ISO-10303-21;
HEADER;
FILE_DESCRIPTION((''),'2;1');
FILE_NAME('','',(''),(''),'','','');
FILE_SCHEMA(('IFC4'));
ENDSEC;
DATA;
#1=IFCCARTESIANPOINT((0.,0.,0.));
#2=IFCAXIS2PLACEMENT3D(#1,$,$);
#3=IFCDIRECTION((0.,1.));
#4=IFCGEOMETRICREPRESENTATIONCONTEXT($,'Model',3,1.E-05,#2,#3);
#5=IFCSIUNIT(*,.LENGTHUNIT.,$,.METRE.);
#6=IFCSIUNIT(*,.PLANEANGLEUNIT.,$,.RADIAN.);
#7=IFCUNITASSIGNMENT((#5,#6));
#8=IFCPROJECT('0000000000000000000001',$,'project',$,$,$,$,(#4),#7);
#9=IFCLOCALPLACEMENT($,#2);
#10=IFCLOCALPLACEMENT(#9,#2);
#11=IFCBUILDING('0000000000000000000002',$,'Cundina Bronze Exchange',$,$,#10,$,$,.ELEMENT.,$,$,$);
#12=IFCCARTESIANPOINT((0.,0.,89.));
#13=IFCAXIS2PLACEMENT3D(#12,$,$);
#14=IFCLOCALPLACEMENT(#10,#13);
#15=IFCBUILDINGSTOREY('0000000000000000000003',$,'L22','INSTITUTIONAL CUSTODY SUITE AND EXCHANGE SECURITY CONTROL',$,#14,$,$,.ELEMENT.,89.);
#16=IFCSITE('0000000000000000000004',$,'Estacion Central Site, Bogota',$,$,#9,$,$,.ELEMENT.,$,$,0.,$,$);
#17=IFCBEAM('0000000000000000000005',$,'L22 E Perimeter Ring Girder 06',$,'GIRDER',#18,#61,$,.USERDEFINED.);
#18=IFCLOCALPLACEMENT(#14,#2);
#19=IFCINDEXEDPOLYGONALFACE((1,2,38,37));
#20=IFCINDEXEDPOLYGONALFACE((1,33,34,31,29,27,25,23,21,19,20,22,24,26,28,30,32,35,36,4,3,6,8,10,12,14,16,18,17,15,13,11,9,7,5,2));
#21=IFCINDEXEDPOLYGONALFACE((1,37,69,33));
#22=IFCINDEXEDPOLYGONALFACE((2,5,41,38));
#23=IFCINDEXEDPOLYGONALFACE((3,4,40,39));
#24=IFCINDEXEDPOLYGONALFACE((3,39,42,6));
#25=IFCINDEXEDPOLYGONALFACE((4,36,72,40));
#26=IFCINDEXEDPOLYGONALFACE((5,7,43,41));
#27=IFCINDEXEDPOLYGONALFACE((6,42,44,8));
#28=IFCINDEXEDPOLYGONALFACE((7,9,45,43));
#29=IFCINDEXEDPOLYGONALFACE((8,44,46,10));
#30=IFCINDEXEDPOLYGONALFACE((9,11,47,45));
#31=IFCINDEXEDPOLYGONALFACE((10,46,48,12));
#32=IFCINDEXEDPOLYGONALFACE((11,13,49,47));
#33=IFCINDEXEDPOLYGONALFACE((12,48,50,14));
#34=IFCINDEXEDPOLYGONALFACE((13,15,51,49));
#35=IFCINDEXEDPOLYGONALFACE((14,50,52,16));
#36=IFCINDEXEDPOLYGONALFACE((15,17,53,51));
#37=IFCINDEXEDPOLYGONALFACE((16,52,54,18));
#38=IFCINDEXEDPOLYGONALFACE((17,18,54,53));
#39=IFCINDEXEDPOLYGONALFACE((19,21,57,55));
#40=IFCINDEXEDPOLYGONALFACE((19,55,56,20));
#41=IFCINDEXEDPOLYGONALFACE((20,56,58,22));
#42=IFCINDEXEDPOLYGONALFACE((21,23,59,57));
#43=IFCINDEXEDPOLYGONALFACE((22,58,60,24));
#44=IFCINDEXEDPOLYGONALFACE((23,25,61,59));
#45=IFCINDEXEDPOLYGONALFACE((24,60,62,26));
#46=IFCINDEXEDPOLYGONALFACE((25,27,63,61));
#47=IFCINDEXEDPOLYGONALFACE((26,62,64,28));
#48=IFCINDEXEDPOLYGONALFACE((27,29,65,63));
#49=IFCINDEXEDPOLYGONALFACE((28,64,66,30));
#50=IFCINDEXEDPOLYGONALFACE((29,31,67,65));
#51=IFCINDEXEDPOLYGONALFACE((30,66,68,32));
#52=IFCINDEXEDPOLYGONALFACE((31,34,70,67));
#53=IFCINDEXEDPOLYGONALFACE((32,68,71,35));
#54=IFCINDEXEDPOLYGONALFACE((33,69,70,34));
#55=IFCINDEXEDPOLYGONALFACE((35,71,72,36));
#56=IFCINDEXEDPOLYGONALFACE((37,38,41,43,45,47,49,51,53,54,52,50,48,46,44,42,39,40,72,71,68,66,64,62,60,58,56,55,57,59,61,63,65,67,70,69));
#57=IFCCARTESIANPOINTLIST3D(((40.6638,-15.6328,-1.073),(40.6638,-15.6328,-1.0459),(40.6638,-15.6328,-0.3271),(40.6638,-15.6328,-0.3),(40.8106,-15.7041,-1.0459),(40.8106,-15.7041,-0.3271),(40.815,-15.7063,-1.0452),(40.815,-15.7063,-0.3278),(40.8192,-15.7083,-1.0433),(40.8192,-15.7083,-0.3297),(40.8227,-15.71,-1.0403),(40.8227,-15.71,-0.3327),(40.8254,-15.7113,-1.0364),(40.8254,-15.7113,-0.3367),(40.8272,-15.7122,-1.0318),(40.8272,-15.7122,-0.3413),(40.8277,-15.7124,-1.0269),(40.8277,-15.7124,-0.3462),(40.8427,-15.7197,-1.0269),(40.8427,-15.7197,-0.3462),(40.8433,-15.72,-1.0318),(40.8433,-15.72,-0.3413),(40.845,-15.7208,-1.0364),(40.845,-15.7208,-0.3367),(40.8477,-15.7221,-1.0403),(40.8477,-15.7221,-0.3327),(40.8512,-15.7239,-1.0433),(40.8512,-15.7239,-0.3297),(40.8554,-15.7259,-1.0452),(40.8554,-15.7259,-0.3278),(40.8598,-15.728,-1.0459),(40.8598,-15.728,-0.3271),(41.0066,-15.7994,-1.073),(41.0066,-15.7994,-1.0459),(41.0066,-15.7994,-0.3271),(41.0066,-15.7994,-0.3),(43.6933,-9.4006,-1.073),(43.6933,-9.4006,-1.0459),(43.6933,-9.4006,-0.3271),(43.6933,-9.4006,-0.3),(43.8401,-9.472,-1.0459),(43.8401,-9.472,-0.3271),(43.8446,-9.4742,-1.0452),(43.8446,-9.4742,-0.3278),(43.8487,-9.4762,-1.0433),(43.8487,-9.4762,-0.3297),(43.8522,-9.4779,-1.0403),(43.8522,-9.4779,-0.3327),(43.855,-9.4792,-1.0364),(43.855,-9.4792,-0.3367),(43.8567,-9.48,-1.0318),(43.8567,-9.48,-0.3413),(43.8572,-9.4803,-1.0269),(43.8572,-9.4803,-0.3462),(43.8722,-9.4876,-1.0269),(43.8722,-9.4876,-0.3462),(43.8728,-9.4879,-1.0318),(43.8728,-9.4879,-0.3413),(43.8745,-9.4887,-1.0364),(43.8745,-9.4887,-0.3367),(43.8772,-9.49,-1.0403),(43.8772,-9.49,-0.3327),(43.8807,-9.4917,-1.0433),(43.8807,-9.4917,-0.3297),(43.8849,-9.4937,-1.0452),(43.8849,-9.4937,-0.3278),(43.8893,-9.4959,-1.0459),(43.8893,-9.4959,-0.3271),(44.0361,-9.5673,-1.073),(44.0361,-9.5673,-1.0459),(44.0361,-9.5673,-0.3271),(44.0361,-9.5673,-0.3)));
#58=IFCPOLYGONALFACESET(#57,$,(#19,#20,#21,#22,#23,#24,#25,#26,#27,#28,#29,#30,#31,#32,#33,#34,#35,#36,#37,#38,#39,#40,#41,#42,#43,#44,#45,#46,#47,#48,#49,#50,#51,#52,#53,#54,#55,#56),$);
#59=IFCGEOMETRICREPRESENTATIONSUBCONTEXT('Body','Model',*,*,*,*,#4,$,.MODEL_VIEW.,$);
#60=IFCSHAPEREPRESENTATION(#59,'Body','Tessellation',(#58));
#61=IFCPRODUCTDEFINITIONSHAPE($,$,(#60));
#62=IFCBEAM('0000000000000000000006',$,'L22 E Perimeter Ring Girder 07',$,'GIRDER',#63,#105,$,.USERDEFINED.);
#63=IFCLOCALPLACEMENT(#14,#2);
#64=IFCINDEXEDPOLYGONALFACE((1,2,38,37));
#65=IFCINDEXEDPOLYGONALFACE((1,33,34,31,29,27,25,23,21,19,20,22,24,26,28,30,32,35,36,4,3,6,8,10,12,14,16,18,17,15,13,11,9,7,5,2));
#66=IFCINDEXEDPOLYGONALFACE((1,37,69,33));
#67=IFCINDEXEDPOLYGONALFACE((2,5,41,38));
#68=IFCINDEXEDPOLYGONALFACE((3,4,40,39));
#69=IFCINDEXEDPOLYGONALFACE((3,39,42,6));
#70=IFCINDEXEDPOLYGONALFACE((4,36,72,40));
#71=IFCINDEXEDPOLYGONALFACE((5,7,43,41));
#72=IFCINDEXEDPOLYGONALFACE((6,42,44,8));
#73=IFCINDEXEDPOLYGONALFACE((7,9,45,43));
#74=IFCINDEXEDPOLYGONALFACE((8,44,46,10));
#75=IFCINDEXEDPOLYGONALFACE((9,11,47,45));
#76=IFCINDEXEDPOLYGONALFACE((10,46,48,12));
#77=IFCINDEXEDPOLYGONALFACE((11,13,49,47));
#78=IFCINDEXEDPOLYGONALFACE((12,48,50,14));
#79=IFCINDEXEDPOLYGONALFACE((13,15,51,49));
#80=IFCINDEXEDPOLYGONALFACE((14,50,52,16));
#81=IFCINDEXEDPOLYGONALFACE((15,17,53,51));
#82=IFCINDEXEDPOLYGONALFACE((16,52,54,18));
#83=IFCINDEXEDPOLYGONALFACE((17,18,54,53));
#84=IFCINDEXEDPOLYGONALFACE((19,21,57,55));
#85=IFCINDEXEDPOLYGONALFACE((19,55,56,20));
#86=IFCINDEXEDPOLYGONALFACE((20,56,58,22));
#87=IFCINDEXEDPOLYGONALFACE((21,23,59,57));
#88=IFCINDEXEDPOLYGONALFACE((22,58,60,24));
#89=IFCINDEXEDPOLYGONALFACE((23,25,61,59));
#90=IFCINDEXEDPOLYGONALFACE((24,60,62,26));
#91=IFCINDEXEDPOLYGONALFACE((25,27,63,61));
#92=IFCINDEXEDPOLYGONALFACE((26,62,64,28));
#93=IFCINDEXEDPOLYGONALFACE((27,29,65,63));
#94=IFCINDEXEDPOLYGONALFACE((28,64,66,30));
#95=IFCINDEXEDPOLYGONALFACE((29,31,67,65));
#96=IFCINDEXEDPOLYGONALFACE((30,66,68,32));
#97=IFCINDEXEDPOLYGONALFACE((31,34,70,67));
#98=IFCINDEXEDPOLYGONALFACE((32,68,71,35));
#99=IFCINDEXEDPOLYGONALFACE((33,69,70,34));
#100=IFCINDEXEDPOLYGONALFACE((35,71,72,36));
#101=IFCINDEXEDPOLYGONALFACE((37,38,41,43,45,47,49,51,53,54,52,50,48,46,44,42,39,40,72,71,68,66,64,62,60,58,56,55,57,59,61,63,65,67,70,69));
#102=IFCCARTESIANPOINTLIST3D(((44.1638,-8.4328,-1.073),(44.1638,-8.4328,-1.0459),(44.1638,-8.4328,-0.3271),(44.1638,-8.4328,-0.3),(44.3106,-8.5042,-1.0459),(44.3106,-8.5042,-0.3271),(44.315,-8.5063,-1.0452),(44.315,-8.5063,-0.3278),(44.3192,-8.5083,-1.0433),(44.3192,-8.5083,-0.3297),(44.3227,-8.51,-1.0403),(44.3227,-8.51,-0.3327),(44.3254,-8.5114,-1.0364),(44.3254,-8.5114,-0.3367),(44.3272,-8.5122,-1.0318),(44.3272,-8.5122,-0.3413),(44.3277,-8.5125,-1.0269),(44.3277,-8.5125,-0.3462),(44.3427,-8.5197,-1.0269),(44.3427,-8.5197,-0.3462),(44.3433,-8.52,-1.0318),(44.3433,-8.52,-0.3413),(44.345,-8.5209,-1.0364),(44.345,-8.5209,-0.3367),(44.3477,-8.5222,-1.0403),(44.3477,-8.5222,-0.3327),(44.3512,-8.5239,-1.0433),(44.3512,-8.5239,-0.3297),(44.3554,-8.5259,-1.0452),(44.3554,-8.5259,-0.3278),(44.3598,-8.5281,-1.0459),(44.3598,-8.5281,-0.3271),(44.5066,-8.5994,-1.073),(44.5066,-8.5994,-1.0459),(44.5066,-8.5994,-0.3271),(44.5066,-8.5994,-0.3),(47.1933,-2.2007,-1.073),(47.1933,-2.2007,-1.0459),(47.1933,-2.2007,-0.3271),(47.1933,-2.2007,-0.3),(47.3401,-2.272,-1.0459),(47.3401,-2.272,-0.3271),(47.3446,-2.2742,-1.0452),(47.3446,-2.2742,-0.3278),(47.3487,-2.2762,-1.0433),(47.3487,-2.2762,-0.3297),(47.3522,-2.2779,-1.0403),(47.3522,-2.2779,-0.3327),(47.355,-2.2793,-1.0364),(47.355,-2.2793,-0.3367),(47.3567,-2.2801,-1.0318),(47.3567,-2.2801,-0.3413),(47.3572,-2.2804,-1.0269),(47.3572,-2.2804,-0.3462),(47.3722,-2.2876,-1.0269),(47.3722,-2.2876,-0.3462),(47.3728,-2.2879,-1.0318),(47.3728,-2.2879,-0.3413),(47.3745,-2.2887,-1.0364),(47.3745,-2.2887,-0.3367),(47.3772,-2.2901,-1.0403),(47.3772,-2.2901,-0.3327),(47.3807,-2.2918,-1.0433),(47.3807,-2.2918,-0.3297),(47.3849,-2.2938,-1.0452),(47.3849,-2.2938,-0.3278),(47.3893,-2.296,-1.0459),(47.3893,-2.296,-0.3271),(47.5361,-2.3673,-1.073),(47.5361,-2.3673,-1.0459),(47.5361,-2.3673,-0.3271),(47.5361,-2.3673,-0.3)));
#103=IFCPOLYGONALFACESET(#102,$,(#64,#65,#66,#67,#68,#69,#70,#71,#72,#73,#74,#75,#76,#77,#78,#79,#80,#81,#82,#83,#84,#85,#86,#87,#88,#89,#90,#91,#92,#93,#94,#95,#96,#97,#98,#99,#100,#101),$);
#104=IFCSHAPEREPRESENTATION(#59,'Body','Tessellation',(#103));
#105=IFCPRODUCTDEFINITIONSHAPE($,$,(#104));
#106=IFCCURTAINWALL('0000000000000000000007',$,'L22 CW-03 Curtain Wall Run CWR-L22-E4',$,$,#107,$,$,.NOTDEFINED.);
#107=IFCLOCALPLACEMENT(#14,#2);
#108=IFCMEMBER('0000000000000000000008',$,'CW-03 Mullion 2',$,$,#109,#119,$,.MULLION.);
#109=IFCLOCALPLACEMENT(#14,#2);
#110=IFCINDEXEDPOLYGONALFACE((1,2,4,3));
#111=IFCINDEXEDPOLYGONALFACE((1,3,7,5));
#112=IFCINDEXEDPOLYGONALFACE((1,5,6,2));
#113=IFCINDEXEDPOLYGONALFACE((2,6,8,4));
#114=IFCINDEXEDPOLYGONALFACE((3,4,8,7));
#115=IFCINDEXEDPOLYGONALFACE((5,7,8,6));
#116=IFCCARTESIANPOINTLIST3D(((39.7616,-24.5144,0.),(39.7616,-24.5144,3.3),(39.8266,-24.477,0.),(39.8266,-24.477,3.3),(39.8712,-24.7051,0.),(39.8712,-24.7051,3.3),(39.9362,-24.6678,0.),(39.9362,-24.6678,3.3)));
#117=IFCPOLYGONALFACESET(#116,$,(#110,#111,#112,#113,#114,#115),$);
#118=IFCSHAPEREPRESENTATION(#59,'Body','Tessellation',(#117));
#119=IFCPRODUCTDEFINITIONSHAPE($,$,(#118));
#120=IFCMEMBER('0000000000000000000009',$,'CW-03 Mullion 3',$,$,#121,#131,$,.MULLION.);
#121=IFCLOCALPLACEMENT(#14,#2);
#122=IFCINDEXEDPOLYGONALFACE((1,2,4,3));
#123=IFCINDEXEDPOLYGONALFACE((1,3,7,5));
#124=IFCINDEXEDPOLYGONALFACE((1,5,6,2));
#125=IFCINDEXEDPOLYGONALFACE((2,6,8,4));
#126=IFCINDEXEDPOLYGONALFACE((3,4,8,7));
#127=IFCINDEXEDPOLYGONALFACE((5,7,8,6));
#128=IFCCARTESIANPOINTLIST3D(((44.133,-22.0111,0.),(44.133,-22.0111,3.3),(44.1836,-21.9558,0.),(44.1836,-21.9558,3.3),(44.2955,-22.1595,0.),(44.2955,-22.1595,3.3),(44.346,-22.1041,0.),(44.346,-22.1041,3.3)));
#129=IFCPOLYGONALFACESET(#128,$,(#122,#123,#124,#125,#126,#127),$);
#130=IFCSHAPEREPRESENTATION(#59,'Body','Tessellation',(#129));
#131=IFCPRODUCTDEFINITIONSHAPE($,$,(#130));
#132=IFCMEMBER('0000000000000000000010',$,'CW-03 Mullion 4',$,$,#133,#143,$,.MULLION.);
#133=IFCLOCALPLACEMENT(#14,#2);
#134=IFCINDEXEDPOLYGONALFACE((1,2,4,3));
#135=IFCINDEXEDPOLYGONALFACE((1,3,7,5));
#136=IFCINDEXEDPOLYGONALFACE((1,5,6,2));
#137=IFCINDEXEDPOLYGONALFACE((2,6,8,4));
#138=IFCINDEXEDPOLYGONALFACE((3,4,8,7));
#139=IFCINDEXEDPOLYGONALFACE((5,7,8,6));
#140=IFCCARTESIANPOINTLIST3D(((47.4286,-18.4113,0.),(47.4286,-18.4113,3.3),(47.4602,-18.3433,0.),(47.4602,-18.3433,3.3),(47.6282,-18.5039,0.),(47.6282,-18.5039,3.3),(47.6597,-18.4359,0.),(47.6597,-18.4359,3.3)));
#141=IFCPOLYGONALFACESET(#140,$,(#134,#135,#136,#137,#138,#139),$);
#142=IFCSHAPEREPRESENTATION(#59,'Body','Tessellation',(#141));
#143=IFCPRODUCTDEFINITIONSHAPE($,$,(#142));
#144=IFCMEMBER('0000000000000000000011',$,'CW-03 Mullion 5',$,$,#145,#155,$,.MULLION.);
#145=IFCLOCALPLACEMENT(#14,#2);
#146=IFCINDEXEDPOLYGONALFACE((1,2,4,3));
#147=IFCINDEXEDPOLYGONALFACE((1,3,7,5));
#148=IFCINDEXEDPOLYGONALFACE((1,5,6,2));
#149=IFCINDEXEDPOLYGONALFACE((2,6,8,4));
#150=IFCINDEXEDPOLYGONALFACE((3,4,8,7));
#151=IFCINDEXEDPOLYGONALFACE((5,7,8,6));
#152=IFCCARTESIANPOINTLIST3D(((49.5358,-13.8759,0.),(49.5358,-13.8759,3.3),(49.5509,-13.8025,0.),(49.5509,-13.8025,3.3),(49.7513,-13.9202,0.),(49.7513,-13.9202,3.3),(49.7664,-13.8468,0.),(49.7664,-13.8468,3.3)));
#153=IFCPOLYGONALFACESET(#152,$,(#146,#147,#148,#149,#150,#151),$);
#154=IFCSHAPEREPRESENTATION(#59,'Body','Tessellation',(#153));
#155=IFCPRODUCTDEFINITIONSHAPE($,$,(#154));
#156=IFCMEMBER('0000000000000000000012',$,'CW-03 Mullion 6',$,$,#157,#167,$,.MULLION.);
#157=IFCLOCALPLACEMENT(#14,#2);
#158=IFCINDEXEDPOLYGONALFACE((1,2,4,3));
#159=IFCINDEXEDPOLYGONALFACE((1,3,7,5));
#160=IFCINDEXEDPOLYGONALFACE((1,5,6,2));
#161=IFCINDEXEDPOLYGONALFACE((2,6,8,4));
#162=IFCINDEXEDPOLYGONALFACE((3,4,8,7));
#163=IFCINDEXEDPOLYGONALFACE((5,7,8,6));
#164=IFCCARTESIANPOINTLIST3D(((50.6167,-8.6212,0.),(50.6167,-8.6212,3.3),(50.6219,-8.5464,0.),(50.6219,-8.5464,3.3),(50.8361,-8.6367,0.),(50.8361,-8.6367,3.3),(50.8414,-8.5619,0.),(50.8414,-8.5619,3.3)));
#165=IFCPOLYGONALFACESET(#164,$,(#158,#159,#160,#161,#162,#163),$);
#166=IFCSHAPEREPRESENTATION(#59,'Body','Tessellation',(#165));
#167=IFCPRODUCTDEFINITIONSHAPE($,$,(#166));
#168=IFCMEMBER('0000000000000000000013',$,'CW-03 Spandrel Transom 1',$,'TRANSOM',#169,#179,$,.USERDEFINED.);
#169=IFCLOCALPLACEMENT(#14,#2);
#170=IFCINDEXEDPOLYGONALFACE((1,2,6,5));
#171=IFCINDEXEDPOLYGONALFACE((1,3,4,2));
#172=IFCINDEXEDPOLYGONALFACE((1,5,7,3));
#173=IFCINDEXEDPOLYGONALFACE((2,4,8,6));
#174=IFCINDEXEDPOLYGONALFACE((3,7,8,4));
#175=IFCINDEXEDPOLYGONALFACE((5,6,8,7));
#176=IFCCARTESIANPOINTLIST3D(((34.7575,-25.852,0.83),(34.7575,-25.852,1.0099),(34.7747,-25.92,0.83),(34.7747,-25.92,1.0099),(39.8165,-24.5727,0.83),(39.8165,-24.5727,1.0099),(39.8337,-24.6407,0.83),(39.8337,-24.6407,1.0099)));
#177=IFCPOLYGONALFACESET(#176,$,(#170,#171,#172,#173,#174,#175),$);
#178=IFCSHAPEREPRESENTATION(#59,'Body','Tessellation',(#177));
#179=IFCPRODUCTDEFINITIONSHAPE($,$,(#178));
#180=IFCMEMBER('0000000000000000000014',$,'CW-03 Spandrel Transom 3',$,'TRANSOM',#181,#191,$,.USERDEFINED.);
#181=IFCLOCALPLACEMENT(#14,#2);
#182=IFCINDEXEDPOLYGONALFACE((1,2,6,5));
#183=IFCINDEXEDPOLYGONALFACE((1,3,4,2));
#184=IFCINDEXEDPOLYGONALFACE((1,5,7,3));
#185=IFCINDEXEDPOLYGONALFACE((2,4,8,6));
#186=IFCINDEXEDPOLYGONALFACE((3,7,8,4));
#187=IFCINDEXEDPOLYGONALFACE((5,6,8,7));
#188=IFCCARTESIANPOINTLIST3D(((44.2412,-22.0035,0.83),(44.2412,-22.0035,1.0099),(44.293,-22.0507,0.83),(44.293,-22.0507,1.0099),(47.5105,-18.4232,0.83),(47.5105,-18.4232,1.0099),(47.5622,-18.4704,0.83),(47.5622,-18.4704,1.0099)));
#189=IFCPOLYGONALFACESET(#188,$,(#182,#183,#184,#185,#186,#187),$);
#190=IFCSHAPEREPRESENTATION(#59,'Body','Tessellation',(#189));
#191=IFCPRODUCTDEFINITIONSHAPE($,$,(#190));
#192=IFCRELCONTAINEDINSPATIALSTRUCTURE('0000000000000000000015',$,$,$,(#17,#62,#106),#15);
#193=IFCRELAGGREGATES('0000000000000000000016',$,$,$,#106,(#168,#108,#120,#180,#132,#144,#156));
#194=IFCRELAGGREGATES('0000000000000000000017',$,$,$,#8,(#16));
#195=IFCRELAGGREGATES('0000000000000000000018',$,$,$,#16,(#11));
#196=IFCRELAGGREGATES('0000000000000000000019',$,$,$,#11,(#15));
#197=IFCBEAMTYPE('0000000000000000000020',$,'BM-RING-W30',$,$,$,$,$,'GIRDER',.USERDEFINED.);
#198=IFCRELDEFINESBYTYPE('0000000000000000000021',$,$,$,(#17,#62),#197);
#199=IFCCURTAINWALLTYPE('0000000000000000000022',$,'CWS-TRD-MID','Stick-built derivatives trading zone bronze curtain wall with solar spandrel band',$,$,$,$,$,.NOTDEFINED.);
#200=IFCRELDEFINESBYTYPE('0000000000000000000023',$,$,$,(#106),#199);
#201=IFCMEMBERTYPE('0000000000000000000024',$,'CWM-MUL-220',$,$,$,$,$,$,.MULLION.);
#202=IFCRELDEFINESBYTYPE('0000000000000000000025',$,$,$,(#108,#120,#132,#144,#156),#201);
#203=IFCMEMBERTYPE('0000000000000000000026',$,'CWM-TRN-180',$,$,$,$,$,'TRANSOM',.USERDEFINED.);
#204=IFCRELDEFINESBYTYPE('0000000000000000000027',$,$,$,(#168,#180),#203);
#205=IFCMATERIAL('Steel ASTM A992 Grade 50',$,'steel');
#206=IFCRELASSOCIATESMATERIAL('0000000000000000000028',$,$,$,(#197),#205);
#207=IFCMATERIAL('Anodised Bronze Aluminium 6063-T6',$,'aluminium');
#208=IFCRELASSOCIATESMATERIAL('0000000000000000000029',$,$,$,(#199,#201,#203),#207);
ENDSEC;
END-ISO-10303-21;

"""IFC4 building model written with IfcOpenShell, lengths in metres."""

from ifc_helpers import new_model, si_unit, direction, frame, origin, origin_2d, place, context, subcontext, project, spatial, rectangle, i_section, extrude, material, material_profile, profile_set, type_object, element, aggregate, save


model = new_model("IFC4")

# Units and contexts
model_context = context("Model", 3, precision=1e-05, world=origin(), true_north=direction((0.0, 1.0)))
body_context = subcontext(model_context, "Body", "Model", "MODEL_VIEW")
ifc_project = project(units=[si_unit("LENGTHUNIT", "METRE"), si_unit("PLANEANGLEUNIT", "RADIAN")], contexts=[model_context])

# Site, building, storey
site_placement = place(None, origin())
site = spatial("IfcSite", under=ifc_project, at=site_placement, Name="Estacion Central Site, Bogota", CompositionType="ELEMENT", RefElevation=0.0)
building_placement = place(site_placement, origin())
building = spatial("IfcBuilding", under=site, at=building_placement, Name="Cundina Bronze Exchange", CompositionType="ELEMENT")
storey_placement = place(building_placement, frame((0.0, 0.0, 89.0)))
storey = spatial("IfcBuildingStorey", under=building, at=storey_placement, Name="L22", Description="INSTITUTIONAL CUSTODY SUITE AND EXCHANGE SECURITY CONTROL", CompositionType="ELEMENT", Elevation=89.0)

# Beams
ifc_material_1 = material(Name="Steel ASTM A992 Grade 50", Category="steel")
ifc_material_profile_1 = material_profile(ifc_material_1, i_section(OverallWidth=0.3811, OverallDepth=0.7729, WebThickness=0.0166, FlangeThickness=0.0271, FilletRadius=0.019, at=origin_2d()), Name="W30X173", Category="steel")
ifc_profile_set_1 = profile_set([ifc_material_profile_1], Name="Steel ASTM A992 Grade 50")
beam_type_1 = type_object("IfcBeamType", Name="BM-RING-W30", ElementType="GIRDER", PredefinedType="USERDEFINED", material=ifc_profile_set_1)
for number, where, z_axis, x_axis, name in (
    (1, (40.8352, -15.7161, -0.6865), (0.437194, 0.899367, 0.0), (-0.899367, 0.437194, 0.0), "L22 E Perimeter Ring Girder 06"),
    (2, (44.3352, -8.5161, -0.6865), (0.437194, 0.899367, 0.0), (-0.899367, 0.437194, 0.0), "L22 E Perimeter Ring Girder 07"),
):
    element("IfcBeam", number, at=place(storey_placement, frame(where, z_axis=z_axis, x_axis=x_axis)), inside=storey, type_object=beam_type_1, Name=name, ObjectType="GIRDER", PredefinedType="USERDEFINED", context=body_context, shape_type="SweptSolid", body=[
        extrude(i_section(OverallWidth=0.3811, OverallDepth=0.7729, WebThickness=0.0166, FlangeThickness=0.0271, FilletRadius=0.019, at=origin_2d()), origin(), (0.0, 0.0, 1.0), 6.9294),
    ])

# Curtain wall, members
ifc_material_2 = material(Name="Anodised Bronze Aluminium 6063-T6", Category="aluminium")
curtain_wall_type = type_object("IfcCurtainWallType", Name="CWS-TRD-MID", Description="Stick-built derivatives trading zone bronze curtain wall with solar spandrel band", PredefinedType="NOTDEFINED", material=ifc_material_2)
curtain_wall_placement = place(storey_placement, origin())
curtain_wall = element("IfcCurtainWall", 3, at=curtain_wall_placement, inside=storey, type_object=curtain_wall_type, Name="L22 CW-03 Curtain Wall Run CWR-L22-E4", PredefinedType="NOTDEFINED")
ifc_material_profile_2 = material_profile(ifc_material_2, rectangle(XDim=0.075, YDim=0.22, at=origin_2d()), Name="AL75X220", Category="aluminium")
ifc_profile_set_2 = profile_set([ifc_material_profile_2], Name="Anodised Bronze Aluminium 6063-T6")
member_type_1 = type_object("IfcMemberType", Name="CWM-MUL-220", PredefinedType="MULLION", material=ifc_profile_set_2)
member_1_placement = place(storey_placement, frame((39.8489, -24.5911, 0.0), z_axis=(0.0, 0.0, 1.0), x_axis=(0.867071, 0.498185, 0.0)))
member_1 = element("IfcMember", 4, at=member_1_placement, type_object=member_type_1, Name="CW-03 Mullion 2", PredefinedType="MULLION", context=body_context, shape_type="SweptSolid", body=[
    extrude(rectangle(XDim=0.075, YDim=0.22, at=origin_2d()), origin(), (0.0, 0.0, 1.0), 3.3),
])
member_2_placement = place(storey_placement, frame((44.2395, -22.0576, 0.0), z_axis=(0.0, 0.0, 1.0), x_axis=(0.674302, 0.738455, 0.0)))
member_2 = element("IfcMember", 5, at=member_2_placement, type_object=member_type_1, Name="CW-03 Mullion 3", PredefinedType="MULLION", context=body_context, shape_type="SweptSolid", body=[
    extrude(rectangle(XDim=0.075, YDim=0.22, at=origin_2d()), origin(), (0.0, 0.0, 1.0), 3.3),
])
member_3_placement = place(storey_placement, frame((47.5442, -18.4236, 0.0), z_axis=(0.0, 0.0, 1.0), x_axis=(0.420877, 0.907117, 0.0)))
member_3 = element("IfcMember", 6, at=member_3_placement, type_object=member_type_1, Name="CW-03 Mullion 4", PredefinedType="MULLION", context=body_context, shape_type="SweptSolid", body=[
    extrude(rectangle(XDim=0.075, YDim=0.22, at=origin_2d()), origin(), (0.0, 0.0, 1.0), 3.3),
])
member_4_placement = place(storey_placement, frame((49.6511, -13.8613, 0.0), z_axis=(0.0, 0.0, 1.0), x_axis=(0.20142, 0.979505, 0.0)))
member_4 = element("IfcMember", 7, at=member_4_placement, type_object=member_type_1, Name="CW-03 Mullion 5", PredefinedType="MULLION", context=body_context, shape_type="SweptSolid", body=[
    extrude(rectangle(XDim=0.075, YDim=0.22, at=origin_2d()), origin(), (0.0, 0.0, 1.0), 3.3),
])
member_5_placement = place(storey_placement, frame((50.729, -8.5916, 0.0), z_axis=(0.0, 0.0, 1.0), x_axis=(0.070279, 0.997527, 0.0)))
member_5 = element("IfcMember", 8, at=member_5_placement, type_object=member_type_1, Name="CW-03 Mullion 6", PredefinedType="MULLION", context=body_context, shape_type="SweptSolid", body=[
    extrude(rectangle(XDim=0.075, YDim=0.22, at=origin_2d()), origin(), (0.0, 0.0, 1.0), 3.3),
])
ifc_material_profile_3 = material_profile(ifc_material_2, rectangle(XDim=0.0701, YDim=0.1799, at=origin_2d()), Name="AL70X180", Category="aluminium")
ifc_profile_set_3 = profile_set([ifc_material_profile_3], Name="Anodised Bronze Aluminium 6063-T6")
member_type_2 = type_object("IfcMemberType", Name="CWM-TRN-180", ElementType="TRANSOM", PredefinedType="USERDEFINED", material=ifc_profile_set_3)
member_6_placement = place(storey_placement, frame((34.7661, -25.886, 0.9199), z_axis=(0.969484, 0.245155, 0.0), x_axis=(-0.245155, 0.969484, 0.0)))
member_6 = element("IfcMember", 9, at=member_6_placement, type_object=member_type_2, Name="CW-03 Spandrel Transom 1", ObjectType="TRANSOM", PredefinedType="USERDEFINED", context=body_context, shape_type="SweptSolid", body=[
    extrude(rectangle(XDim=0.0701, YDim=0.1799, at=origin_2d()), origin(), (0.0, 0.0, 1.0), 5.2183),
])
member_7_placement = place(storey_placement, frame((44.2671, -22.0271, 0.9199), z_axis=(0.674303, 0.738455, 0.0), x_axis=(-0.738455, 0.674303, 0.0)))
member_7 = element("IfcMember", 10, at=member_7_placement, type_object=member_type_2, Name="CW-03 Spandrel Transom 3", ObjectType="TRANSOM", PredefinedType="USERDEFINED", context=body_context, shape_type="SweptSolid", body=[
    extrude(rectangle(XDim=0.0701, YDim=0.1799, at=origin_2d()), origin(), (0.0, 0.0, 1.0), 4.8484),
])
aggregate(curtain_wall, [member_6, member_1, member_2, member_7, member_3, member_4, member_5])

save(model, "model.ifc")
